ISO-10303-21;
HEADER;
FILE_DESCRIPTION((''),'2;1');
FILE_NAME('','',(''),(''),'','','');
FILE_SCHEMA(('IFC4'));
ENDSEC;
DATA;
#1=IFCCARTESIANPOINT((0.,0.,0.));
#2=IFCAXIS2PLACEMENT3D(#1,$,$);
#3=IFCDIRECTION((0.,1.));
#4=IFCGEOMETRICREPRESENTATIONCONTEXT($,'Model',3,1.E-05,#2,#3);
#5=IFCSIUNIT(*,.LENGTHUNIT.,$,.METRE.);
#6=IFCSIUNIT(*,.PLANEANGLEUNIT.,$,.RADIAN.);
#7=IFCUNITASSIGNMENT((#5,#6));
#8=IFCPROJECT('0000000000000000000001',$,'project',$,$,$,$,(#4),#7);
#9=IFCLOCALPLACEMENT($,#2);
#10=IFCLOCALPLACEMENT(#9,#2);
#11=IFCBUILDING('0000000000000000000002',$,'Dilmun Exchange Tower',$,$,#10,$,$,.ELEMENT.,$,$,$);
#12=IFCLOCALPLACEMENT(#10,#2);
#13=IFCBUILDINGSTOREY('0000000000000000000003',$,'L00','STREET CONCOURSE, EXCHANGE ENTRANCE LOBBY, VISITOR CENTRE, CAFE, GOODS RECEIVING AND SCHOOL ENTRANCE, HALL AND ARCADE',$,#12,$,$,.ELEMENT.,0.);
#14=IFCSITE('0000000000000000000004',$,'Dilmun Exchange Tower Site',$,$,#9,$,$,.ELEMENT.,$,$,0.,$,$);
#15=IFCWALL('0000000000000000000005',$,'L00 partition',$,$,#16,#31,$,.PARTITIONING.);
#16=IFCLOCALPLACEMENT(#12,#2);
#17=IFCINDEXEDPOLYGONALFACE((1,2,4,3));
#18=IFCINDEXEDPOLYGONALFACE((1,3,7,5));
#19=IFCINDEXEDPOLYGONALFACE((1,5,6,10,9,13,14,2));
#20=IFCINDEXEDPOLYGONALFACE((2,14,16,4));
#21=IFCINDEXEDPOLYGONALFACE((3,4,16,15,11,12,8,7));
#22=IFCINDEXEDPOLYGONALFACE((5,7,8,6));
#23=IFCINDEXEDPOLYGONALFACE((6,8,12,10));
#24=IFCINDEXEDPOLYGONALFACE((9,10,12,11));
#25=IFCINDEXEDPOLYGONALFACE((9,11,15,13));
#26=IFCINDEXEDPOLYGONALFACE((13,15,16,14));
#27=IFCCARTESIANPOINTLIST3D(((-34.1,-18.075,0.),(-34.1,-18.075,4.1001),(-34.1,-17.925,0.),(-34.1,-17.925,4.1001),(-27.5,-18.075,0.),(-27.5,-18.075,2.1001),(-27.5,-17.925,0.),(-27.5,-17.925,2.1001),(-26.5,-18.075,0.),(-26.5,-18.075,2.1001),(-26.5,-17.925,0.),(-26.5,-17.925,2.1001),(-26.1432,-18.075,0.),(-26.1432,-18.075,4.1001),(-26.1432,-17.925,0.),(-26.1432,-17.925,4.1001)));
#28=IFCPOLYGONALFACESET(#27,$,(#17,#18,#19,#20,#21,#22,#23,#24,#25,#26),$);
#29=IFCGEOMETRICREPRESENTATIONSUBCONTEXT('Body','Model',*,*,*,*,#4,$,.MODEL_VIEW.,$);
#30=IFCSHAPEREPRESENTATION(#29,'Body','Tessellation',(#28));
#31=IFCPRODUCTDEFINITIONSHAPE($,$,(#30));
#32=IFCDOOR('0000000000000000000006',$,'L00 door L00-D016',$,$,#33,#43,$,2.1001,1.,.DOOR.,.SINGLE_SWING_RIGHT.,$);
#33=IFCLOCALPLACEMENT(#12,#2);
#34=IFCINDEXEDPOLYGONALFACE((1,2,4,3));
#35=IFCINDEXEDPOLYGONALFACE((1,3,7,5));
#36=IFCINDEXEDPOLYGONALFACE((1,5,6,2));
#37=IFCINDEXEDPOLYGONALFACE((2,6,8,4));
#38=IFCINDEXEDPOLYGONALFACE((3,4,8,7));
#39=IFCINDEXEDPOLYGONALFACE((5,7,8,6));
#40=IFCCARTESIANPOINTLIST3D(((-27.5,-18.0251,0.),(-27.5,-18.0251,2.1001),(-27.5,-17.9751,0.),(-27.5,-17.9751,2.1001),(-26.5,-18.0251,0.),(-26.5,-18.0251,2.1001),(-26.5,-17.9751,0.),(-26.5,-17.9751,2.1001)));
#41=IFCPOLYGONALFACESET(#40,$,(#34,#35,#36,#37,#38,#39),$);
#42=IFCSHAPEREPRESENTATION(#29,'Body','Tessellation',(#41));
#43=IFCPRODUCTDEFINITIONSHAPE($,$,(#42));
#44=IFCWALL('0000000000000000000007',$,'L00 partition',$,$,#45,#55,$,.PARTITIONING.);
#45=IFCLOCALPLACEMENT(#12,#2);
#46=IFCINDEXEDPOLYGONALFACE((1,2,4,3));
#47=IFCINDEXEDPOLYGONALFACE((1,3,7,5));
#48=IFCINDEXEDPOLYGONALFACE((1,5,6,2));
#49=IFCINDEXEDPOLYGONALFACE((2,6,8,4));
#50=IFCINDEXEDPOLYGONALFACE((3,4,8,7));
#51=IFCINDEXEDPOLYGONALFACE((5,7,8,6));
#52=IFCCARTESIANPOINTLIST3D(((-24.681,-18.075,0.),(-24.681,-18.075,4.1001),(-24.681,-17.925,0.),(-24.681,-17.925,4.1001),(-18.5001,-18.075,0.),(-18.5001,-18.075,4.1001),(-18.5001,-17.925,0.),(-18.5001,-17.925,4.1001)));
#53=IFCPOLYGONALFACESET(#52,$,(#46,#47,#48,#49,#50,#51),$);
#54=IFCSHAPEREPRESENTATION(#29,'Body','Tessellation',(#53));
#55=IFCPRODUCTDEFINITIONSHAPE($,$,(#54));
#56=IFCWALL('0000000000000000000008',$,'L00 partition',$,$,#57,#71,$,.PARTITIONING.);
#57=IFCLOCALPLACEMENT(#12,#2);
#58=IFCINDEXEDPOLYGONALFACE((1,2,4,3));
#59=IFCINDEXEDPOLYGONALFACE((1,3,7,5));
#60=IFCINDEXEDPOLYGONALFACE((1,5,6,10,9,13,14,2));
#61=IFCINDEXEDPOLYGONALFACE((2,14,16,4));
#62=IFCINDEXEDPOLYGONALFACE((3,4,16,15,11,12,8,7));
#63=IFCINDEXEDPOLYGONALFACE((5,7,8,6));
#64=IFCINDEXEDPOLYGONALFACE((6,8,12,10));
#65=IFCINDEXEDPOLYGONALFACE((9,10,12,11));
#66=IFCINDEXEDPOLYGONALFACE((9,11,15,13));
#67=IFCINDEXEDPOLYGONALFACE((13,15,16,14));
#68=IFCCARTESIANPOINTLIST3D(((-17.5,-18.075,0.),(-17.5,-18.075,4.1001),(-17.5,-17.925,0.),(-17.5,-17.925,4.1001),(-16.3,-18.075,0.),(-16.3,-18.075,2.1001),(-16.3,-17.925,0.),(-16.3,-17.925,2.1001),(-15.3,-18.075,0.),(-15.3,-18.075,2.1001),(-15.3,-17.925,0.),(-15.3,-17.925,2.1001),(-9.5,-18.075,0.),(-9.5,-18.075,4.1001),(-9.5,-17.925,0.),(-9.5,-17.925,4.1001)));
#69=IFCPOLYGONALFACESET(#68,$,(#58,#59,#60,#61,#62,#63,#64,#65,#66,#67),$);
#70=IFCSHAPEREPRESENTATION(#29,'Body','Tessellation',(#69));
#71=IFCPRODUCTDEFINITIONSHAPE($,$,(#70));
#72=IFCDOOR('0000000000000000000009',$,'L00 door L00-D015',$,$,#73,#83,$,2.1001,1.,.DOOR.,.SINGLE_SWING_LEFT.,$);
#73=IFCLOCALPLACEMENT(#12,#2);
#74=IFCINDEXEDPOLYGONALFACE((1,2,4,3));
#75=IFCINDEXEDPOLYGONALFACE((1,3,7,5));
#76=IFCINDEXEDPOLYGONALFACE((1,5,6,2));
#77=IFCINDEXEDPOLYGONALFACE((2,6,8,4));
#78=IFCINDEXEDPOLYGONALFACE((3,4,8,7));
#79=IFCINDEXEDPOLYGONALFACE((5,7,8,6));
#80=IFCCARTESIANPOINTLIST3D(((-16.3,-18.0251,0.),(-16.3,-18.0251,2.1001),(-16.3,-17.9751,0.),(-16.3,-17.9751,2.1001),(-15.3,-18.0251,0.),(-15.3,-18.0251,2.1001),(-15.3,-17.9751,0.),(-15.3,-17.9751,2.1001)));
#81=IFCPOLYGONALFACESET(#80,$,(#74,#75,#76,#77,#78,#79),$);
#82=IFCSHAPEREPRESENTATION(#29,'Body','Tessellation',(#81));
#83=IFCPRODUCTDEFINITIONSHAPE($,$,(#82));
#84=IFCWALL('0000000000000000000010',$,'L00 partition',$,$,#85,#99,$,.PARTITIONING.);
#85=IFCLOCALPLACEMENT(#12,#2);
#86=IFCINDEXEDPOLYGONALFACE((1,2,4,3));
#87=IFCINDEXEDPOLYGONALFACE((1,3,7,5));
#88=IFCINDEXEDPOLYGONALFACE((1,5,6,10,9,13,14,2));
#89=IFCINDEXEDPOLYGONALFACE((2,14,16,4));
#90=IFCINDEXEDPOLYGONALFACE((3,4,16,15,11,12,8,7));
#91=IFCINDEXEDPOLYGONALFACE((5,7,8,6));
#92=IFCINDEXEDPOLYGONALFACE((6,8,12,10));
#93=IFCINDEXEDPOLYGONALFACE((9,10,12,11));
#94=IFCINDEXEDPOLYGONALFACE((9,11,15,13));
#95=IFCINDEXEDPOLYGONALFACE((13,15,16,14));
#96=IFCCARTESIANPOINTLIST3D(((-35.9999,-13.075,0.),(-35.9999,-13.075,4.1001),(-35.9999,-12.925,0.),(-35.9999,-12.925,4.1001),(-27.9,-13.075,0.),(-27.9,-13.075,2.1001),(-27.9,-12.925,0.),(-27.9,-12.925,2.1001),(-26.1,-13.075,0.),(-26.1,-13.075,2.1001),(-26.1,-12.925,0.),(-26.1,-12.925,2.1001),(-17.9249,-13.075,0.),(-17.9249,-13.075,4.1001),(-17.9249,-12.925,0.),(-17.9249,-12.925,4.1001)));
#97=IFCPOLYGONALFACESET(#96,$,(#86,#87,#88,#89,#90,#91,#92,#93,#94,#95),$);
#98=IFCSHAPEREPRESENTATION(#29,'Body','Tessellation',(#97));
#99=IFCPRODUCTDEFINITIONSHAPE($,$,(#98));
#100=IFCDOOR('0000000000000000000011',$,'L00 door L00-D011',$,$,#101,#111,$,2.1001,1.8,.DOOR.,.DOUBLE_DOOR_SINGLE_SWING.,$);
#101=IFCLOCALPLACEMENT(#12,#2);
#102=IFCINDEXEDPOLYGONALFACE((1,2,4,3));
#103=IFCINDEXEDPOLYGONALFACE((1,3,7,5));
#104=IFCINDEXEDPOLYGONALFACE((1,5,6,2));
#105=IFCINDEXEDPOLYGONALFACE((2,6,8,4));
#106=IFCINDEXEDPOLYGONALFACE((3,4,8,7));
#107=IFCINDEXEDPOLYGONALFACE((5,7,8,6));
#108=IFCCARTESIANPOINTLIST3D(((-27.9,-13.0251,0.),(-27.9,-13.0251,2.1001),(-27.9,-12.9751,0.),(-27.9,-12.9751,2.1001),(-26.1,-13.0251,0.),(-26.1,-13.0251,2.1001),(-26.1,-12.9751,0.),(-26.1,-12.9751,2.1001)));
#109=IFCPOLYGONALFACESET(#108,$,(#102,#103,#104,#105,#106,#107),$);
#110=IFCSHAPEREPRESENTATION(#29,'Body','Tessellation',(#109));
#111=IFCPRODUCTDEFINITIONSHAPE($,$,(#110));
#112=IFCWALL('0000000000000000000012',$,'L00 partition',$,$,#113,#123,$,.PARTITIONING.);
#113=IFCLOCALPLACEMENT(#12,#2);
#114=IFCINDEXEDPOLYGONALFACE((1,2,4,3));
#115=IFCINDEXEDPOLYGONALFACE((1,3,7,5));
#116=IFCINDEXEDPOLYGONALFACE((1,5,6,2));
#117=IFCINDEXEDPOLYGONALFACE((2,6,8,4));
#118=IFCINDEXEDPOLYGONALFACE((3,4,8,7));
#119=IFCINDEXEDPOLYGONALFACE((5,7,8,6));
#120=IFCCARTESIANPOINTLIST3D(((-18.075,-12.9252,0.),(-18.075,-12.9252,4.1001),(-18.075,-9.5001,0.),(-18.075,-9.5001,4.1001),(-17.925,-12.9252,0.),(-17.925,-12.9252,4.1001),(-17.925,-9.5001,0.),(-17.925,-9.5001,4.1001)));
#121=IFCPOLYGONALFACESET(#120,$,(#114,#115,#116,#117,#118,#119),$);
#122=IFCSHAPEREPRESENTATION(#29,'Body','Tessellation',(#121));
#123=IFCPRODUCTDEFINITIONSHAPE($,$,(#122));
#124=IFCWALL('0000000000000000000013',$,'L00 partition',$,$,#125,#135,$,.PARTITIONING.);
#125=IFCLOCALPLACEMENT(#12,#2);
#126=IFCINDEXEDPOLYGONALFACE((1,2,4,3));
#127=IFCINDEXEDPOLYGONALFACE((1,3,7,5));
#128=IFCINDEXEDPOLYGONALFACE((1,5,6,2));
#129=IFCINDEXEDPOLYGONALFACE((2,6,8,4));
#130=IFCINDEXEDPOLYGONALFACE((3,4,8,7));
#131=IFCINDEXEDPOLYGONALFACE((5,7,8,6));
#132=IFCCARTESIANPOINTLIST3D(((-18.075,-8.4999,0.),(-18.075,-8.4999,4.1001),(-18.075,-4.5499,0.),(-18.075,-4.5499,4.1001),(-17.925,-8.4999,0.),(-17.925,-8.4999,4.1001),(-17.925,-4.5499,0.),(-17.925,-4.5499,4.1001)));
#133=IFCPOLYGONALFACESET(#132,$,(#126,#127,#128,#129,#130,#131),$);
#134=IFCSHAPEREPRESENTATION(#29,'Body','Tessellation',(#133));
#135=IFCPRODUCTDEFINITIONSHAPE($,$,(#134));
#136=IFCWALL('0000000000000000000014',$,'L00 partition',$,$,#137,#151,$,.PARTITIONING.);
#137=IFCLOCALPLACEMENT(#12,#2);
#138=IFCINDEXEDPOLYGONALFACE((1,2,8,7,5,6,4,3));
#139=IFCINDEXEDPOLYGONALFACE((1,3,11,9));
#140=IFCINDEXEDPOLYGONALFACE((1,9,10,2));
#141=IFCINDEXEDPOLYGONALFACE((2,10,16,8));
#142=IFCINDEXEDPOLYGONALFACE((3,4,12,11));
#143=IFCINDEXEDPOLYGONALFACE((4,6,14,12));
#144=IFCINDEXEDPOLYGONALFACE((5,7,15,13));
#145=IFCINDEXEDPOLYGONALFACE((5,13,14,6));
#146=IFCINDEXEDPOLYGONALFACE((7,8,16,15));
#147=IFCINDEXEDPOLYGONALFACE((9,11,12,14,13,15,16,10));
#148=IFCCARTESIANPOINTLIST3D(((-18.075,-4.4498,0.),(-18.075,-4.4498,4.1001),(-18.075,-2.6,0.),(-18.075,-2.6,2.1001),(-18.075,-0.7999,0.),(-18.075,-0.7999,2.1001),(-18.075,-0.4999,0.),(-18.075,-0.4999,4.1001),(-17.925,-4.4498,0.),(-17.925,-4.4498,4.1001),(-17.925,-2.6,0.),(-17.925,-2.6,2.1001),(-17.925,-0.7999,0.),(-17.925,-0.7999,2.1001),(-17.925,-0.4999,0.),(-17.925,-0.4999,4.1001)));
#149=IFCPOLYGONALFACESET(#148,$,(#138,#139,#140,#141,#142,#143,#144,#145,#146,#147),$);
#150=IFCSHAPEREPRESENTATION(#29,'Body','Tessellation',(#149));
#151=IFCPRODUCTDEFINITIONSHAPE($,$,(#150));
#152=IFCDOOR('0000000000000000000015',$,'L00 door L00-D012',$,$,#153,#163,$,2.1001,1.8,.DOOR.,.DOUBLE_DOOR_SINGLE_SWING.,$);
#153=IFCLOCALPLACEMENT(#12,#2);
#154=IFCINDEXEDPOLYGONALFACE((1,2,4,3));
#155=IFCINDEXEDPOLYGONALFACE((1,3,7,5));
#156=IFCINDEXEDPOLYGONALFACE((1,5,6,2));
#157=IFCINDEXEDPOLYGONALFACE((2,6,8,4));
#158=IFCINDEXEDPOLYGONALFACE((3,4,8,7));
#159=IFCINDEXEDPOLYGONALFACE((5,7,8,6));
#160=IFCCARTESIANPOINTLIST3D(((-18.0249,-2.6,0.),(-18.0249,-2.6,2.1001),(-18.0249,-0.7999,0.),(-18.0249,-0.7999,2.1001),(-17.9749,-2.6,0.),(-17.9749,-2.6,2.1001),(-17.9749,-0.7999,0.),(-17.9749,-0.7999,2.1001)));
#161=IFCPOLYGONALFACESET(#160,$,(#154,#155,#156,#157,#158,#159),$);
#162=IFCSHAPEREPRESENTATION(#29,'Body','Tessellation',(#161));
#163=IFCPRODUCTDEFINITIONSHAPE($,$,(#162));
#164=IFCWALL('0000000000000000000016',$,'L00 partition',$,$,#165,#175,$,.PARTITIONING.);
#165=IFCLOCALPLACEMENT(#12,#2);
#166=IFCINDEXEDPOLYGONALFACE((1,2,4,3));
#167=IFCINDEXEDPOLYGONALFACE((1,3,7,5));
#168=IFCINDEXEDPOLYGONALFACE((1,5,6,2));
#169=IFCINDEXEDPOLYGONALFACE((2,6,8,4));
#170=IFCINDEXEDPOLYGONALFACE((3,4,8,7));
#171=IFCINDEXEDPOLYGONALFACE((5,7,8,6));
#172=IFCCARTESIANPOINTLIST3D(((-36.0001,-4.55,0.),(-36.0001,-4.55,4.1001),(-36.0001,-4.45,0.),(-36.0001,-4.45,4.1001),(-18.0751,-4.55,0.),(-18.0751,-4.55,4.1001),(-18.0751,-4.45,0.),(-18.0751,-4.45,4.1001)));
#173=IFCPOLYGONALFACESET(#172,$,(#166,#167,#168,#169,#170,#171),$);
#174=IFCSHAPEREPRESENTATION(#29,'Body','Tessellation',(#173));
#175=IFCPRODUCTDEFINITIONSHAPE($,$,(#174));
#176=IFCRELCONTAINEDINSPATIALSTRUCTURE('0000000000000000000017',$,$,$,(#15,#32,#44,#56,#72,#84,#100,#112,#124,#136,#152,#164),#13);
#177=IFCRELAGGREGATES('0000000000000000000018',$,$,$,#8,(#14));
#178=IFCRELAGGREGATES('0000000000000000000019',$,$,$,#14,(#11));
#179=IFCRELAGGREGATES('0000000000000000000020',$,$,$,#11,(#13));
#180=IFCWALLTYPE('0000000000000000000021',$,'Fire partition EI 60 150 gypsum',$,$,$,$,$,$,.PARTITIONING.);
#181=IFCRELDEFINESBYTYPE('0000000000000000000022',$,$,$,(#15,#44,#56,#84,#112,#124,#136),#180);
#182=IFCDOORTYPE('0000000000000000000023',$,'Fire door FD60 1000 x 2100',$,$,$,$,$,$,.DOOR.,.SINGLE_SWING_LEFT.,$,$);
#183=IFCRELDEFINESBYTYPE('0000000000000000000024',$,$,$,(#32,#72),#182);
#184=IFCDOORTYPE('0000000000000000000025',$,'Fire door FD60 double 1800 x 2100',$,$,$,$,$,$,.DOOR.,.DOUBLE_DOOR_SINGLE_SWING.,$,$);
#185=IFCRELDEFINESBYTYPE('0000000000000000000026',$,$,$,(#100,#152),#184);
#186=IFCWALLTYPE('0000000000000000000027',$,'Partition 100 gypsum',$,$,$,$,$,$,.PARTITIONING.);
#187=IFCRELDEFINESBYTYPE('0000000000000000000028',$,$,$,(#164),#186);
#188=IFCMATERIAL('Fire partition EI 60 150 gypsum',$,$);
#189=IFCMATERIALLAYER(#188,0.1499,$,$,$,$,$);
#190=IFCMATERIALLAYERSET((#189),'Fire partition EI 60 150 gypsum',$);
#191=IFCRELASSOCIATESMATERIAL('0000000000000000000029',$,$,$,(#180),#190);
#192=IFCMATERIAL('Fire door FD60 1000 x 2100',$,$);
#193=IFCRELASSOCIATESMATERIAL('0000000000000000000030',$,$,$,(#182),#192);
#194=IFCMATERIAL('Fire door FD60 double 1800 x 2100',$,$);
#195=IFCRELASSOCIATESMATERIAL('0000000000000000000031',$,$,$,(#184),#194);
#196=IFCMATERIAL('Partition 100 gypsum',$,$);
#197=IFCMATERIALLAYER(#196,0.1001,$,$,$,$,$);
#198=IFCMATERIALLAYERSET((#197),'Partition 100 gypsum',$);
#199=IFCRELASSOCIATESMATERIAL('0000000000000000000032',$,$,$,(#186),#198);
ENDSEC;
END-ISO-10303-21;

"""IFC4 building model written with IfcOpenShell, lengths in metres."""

from ifc_helpers import new_model, si_unit, direction, frame, frame_2d, origin, place, context, subcontext, project, spatial, rectangle, extrude, material, layer, layer_set, type_object, element, fill, save


model = new_model("IFC4")

# Units and contexts
model_context = context("Model", 3, precision=1e-05, world=origin(), true_north=direction((0.0, 1.0)))
body_context = subcontext(model_context, "Body", "Model", "MODEL_VIEW")
ifc_project = project(units=[si_unit("LENGTHUNIT", "METRE"), si_unit("PLANEANGLEUNIT", "RADIAN")], contexts=[model_context])

# Site, building, storey
site_placement = place(None, origin())
site = spatial("IfcSite", under=ifc_project, at=site_placement, Name="Dilmun Exchange Tower Site", CompositionType="ELEMENT", RefElevation=0.0)
building_placement = place(site_placement, origin())
building = spatial("IfcBuilding", under=site, at=building_placement, Name="Dilmun Exchange Tower", CompositionType="ELEMENT")
storey_placement = place(building_placement, origin())
storey = spatial("IfcBuildingStorey", under=building, at=storey_placement, Name="L00", Description="STREET CONCOURSE, EXCHANGE ENTRANCE LOBBY, VISITOR CENTRE, CAFE, GOODS RECEIVING AND SCHOOL ENTRANCE, HALL AND ARCADE", CompositionType="ELEMENT", Elevation=0.0)

# Shared definitions
ifc_material_1 = material(Name="Fire partition EI 60 150 gypsum")
ifc_layer_1 = layer(ifc_material_1, 0.1499)
ifc_layer_set_1 = layer_set([ifc_layer_1], Name="Fire partition EI 60 150 gypsum")
wall_type_1 = type_object("IfcWallType", Name="Fire partition EI 60 150 gypsum", PredefinedType="PARTITIONING", material=ifc_layer_set_1)

# Wall, opening, door
wall_1_placement = place(storey_placement, frame((-34.1001, -18.0, 0.0), z_axis=(0.0, 0.0, 1.0), x_axis=(1.0, 0.0, 0.0)))
wall_1 = element("IfcWall", 1, at=wall_1_placement, inside=storey, type_object=wall_type_1, Name="L00 partition", PredefinedType="PARTITIONING", context=body_context, shape_type="SweptSolid", body=[
    extrude(rectangle(XDim=7.9568, YDim=0.1499, at=frame_2d((3.9785, 0.0))), origin(), (0.0, 0.0, 1.0), 4.1001),
])
opening_1_placement = place(wall_1_placement, frame((6.6001, 0.0, 0.0)))
opening_1 = element("IfcOpeningElement", 2, at=opening_1_placement, cuts=wall_1, PredefinedType="OPENING", context=body_context, shape_type="SweptSolid", body=[
    extrude(rectangle(XDim=1.0, YDim=2.1001, at=frame_2d((0.5, 1.05))), frame((0.0, 0.085, 0.0), z_axis=(0.0, -1.0, 0.0), x_axis=(1.0, 0.0, 0.0)), (0.0, 0.0, 1.0), 0.1699),
])
ifc_material_2 = material(Name="Fire door FD60 1000 x 2100")
door_type_1 = type_object("IfcDoorType", Name="Fire door FD60 1000 x 2100", OperationType="SINGLE_SWING_LEFT", PredefinedType="DOOR", material=ifc_material_2)
door_1_placement = place(opening_1_placement, origin())
door_1 = element("IfcDoor", 3, at=door_1_placement, inside=storey, type_object=door_type_1, Name="L00 door L00-D016", OperationType="SINGLE_SWING_RIGHT", OverallHeight=2.1001, OverallWidth=1.0, PredefinedType="DOOR", context=body_context, shape_type="SweptSolid", body=[
    extrude(rectangle(XDim=1.0, YDim=2.1001, at=frame_2d((0.5, 1.05))), frame((0.0, 0.0249, 0.0), z_axis=(0.0, -1.0, 0.0), x_axis=(1.0, 0.0, 0.0)), (0.0, 0.0, 1.0), 0.05),
])
fill(opening_1, door_1)

# Wall
wall_2_placement = place(storey_placement, frame((-24.6809, -18.0, 0.0), z_axis=(0.0, 0.0, 1.0), x_axis=(1.0, 0.0, 0.0)))
element("IfcWall", 4, at=wall_2_placement, inside=storey, type_object=wall_type_1, Name="L00 partition", PredefinedType="PARTITIONING", context=body_context, shape_type="SweptSolid", body=[
    extrude(rectangle(XDim=6.1809, YDim=0.1499, at=frame_2d((3.0903, 0.0))), origin(), (0.0, 0.0, 1.0), 4.1001),
])

# Walls, openings, doors
wall_3_placement = place(storey_placement, frame((-17.5, -18.0, 0.0), z_axis=(0.0, 0.0, 1.0), x_axis=(1.0, 0.0, 0.0)))
wall_3 = element("IfcWall", 5, at=wall_3_placement, inside=storey, type_object=wall_type_1, Name="L00 partition", PredefinedType="PARTITIONING", context=body_context, shape_type="SweptSolid", body=[
    extrude(rectangle(XDim=8.0, YDim=0.1499, at=frame_2d((4.0, 0.0))), origin(), (0.0, 0.0, 1.0), 4.1001),
])
opening_2_placement = place(wall_3_placement, frame((1.2, 0.0, 0.0)))
opening_2 = element("IfcOpeningElement", 6, at=opening_2_placement, cuts=wall_3, PredefinedType="OPENING", context=body_context, shape_type="SweptSolid", body=[
    extrude(rectangle(XDim=1.0, YDim=2.1001, at=frame_2d((0.5, 1.05))), frame((0.0, 0.085, 0.0), z_axis=(0.0, -1.0, 0.0), x_axis=(1.0, 0.0, 0.0)), (0.0, 0.0, 1.0), 0.1699),
])
door_2_placement = place(opening_2_placement, origin())
door_2 = element("IfcDoor", 7, at=door_2_placement, inside=storey, type_object=door_type_1, Name="L00 door L00-D015", OperationType="SINGLE_SWING_LEFT", OverallHeight=2.1001, OverallWidth=1.0, PredefinedType="DOOR", context=body_context, shape_type="SweptSolid", body=[
    extrude(rectangle(XDim=1.0, YDim=2.1001, at=frame_2d((0.5, 1.05))), frame((0.0, 0.0249, 0.0), z_axis=(0.0, -1.0, 0.0), x_axis=(1.0, 0.0, 0.0)), (0.0, 0.0, 1.0), 0.05),
])
fill(opening_2, door_2)
wall_4_placement = place(storey_placement, frame((-36.0, -13.0, 0.0), z_axis=(0.0, 0.0, 1.0), x_axis=(1.0, 0.0, 0.0)))
wall_4 = element("IfcWall", 8, at=wall_4_placement, inside=storey, type_object=wall_type_1, Name="L00 partition", PredefinedType="PARTITIONING", context=body_context, shape_type="SweptSolid", body=[
    extrude(rectangle(XDim=18.075, YDim=0.1499, at=frame_2d((9.0376, 0.0))), origin(), (0.0, 0.0, 1.0), 4.1001),
])
opening_3_placement = place(wall_4_placement, frame((8.1001, 0.0, 0.0)))
opening_3 = element("IfcOpeningElement", 9, at=opening_3_placement, cuts=wall_4, PredefinedType="OPENING", context=body_context, shape_type="SweptSolid", body=[
    extrude(rectangle(XDim=1.8, YDim=2.1001, at=frame_2d((0.8999, 1.05))), frame((0.0, 0.085, 0.0), z_axis=(0.0, -1.0, 0.0), x_axis=(1.0, 0.0, 0.0)), (0.0, 0.0, 1.0), 0.1699),
])
ifc_material_3 = material(Name="Fire door FD60 double 1800 x 2100")
door_type_2 = type_object("IfcDoorType", Name="Fire door FD60 double 1800 x 2100", OperationType="DOUBLE_DOOR_SINGLE_SWING", PredefinedType="DOOR", material=ifc_material_3)
door_3_placement = place(opening_3_placement, origin())
door_3 = element("IfcDoor", 10, at=door_3_placement, inside=storey, type_object=door_type_2, Name="L00 door L00-D011", OperationType="DOUBLE_DOOR_SINGLE_SWING", OverallHeight=2.1001, OverallWidth=1.8, PredefinedType="DOOR", context=body_context, shape_type="SweptSolid", body=[
    extrude(rectangle(XDim=1.8, YDim=2.1001, at=frame_2d((0.8999, 1.05))), frame((0.0, 0.0249, 0.0), z_axis=(0.0, -1.0, 0.0), x_axis=(1.0, 0.0, 0.0)), (0.0, 0.0, 1.0), 0.05),
])
fill(opening_3, door_3)

# Walls
wall_5_placement = place(storey_placement, frame((-18.0, -12.925, 0.0), z_axis=(0.0, 0.0, 1.0), x_axis=(0.0, 1.0, 0.0)))
element("IfcWall", 11, at=wall_5_placement, inside=storey, type_object=wall_type_1, Name="L00 partition", PredefinedType="PARTITIONING", context=body_context, shape_type="SweptSolid", body=[
    extrude(rectangle(XDim=3.425, YDim=0.1499, at=frame_2d((1.7124, 0.0))), origin(), (0.0, 0.0, 1.0), 4.1001),
])
wall_6_placement = place(storey_placement, frame((-18.0, -8.5, 0.0), z_axis=(0.0, 0.0, 1.0), x_axis=(0.0, 1.0, 0.0)))
element("IfcWall", 12, at=wall_6_placement, inside=storey, type_object=wall_type_1, Name="L00 partition", PredefinedType="PARTITIONING", context=body_context, shape_type="SweptSolid", body=[
    extrude(rectangle(XDim=3.95, YDim=0.1499, at=frame_2d((1.9751, 0.0))), origin(), (0.0, 0.0, 1.0), 4.1001),
])

# Wall, opening, door
wall_7_placement = place(storey_placement, frame((-18.0, -4.45, 0.0), z_axis=(0.0, 0.0, 1.0), x_axis=(0.0, 1.0, 0.0)))
wall_7 = element("IfcWall", 13, at=wall_7_placement, inside=storey, type_object=wall_type_1, Name="L00 partition", PredefinedType="PARTITIONING", context=body_context, shape_type="SweptSolid", body=[
    extrude(rectangle(XDim=3.95, YDim=0.1499, at=frame_2d((1.9751, 0.0))), origin(), (0.0, 0.0, 1.0), 4.1001),
])
opening_4_placement = place(wall_7_placement, frame((1.8501, 0.0, 0.0)))
opening_4 = element("IfcOpeningElement", 14, at=opening_4_placement, cuts=wall_7, PredefinedType="OPENING", context=body_context, shape_type="SweptSolid", body=[
    extrude(rectangle(XDim=1.8, YDim=2.1001, at=frame_2d((0.8999, 1.05))), frame((0.0, 0.085, 0.0), z_axis=(0.0, -1.0, 0.0), x_axis=(1.0, 0.0, 0.0)), (0.0, 0.0, 1.0), 0.1699),
])
door_4_placement = place(opening_4_placement, origin())
door_4 = element("IfcDoor", 15, at=door_4_placement, inside=storey, type_object=door_type_2, Name="L00 door L00-D012", OperationType="DOUBLE_DOOR_SINGLE_SWING", OverallHeight=2.1001, OverallWidth=1.8, PredefinedType="DOOR", context=body_context, shape_type="SweptSolid", body=[
    extrude(rectangle(XDim=1.8, YDim=2.1001, at=frame_2d((0.8999, 1.05))), frame((0.0, 0.0249, 0.0), z_axis=(0.0, -1.0, 0.0), x_axis=(1.0, 0.0, 0.0)), (0.0, 0.0, 1.0), 0.05),
])
fill(opening_4, door_4)

# Wall
ifc_material_4 = material(Name="Partition 100 gypsum")
ifc_layer_2 = layer(ifc_material_4, 0.1001)
ifc_layer_set_2 = layer_set([ifc_layer_2], Name="Partition 100 gypsum")
wall_type_2 = type_object("IfcWallType", Name="Partition 100 gypsum", PredefinedType="PARTITIONING", material=ifc_layer_set_2)
wall_8_placement = place(storey_placement, frame((-36.0, -4.5, 0.0), z_axis=(0.0, 0.0, 1.0), x_axis=(1.0, 0.0, 0.0)))
element("IfcWall", 16, at=wall_8_placement, inside=storey, type_object=wall_type_2, Name="L00 partition", PredefinedType="PARTITIONING", context=body_context, shape_type="SweptSolid", body=[
    extrude(rectangle(XDim=17.925, YDim=0.1001, at=frame_2d((8.9624, 0.0))), origin(), (0.0, 0.0, 1.0), 4.1001),
])

save(model, "model.ifc")
